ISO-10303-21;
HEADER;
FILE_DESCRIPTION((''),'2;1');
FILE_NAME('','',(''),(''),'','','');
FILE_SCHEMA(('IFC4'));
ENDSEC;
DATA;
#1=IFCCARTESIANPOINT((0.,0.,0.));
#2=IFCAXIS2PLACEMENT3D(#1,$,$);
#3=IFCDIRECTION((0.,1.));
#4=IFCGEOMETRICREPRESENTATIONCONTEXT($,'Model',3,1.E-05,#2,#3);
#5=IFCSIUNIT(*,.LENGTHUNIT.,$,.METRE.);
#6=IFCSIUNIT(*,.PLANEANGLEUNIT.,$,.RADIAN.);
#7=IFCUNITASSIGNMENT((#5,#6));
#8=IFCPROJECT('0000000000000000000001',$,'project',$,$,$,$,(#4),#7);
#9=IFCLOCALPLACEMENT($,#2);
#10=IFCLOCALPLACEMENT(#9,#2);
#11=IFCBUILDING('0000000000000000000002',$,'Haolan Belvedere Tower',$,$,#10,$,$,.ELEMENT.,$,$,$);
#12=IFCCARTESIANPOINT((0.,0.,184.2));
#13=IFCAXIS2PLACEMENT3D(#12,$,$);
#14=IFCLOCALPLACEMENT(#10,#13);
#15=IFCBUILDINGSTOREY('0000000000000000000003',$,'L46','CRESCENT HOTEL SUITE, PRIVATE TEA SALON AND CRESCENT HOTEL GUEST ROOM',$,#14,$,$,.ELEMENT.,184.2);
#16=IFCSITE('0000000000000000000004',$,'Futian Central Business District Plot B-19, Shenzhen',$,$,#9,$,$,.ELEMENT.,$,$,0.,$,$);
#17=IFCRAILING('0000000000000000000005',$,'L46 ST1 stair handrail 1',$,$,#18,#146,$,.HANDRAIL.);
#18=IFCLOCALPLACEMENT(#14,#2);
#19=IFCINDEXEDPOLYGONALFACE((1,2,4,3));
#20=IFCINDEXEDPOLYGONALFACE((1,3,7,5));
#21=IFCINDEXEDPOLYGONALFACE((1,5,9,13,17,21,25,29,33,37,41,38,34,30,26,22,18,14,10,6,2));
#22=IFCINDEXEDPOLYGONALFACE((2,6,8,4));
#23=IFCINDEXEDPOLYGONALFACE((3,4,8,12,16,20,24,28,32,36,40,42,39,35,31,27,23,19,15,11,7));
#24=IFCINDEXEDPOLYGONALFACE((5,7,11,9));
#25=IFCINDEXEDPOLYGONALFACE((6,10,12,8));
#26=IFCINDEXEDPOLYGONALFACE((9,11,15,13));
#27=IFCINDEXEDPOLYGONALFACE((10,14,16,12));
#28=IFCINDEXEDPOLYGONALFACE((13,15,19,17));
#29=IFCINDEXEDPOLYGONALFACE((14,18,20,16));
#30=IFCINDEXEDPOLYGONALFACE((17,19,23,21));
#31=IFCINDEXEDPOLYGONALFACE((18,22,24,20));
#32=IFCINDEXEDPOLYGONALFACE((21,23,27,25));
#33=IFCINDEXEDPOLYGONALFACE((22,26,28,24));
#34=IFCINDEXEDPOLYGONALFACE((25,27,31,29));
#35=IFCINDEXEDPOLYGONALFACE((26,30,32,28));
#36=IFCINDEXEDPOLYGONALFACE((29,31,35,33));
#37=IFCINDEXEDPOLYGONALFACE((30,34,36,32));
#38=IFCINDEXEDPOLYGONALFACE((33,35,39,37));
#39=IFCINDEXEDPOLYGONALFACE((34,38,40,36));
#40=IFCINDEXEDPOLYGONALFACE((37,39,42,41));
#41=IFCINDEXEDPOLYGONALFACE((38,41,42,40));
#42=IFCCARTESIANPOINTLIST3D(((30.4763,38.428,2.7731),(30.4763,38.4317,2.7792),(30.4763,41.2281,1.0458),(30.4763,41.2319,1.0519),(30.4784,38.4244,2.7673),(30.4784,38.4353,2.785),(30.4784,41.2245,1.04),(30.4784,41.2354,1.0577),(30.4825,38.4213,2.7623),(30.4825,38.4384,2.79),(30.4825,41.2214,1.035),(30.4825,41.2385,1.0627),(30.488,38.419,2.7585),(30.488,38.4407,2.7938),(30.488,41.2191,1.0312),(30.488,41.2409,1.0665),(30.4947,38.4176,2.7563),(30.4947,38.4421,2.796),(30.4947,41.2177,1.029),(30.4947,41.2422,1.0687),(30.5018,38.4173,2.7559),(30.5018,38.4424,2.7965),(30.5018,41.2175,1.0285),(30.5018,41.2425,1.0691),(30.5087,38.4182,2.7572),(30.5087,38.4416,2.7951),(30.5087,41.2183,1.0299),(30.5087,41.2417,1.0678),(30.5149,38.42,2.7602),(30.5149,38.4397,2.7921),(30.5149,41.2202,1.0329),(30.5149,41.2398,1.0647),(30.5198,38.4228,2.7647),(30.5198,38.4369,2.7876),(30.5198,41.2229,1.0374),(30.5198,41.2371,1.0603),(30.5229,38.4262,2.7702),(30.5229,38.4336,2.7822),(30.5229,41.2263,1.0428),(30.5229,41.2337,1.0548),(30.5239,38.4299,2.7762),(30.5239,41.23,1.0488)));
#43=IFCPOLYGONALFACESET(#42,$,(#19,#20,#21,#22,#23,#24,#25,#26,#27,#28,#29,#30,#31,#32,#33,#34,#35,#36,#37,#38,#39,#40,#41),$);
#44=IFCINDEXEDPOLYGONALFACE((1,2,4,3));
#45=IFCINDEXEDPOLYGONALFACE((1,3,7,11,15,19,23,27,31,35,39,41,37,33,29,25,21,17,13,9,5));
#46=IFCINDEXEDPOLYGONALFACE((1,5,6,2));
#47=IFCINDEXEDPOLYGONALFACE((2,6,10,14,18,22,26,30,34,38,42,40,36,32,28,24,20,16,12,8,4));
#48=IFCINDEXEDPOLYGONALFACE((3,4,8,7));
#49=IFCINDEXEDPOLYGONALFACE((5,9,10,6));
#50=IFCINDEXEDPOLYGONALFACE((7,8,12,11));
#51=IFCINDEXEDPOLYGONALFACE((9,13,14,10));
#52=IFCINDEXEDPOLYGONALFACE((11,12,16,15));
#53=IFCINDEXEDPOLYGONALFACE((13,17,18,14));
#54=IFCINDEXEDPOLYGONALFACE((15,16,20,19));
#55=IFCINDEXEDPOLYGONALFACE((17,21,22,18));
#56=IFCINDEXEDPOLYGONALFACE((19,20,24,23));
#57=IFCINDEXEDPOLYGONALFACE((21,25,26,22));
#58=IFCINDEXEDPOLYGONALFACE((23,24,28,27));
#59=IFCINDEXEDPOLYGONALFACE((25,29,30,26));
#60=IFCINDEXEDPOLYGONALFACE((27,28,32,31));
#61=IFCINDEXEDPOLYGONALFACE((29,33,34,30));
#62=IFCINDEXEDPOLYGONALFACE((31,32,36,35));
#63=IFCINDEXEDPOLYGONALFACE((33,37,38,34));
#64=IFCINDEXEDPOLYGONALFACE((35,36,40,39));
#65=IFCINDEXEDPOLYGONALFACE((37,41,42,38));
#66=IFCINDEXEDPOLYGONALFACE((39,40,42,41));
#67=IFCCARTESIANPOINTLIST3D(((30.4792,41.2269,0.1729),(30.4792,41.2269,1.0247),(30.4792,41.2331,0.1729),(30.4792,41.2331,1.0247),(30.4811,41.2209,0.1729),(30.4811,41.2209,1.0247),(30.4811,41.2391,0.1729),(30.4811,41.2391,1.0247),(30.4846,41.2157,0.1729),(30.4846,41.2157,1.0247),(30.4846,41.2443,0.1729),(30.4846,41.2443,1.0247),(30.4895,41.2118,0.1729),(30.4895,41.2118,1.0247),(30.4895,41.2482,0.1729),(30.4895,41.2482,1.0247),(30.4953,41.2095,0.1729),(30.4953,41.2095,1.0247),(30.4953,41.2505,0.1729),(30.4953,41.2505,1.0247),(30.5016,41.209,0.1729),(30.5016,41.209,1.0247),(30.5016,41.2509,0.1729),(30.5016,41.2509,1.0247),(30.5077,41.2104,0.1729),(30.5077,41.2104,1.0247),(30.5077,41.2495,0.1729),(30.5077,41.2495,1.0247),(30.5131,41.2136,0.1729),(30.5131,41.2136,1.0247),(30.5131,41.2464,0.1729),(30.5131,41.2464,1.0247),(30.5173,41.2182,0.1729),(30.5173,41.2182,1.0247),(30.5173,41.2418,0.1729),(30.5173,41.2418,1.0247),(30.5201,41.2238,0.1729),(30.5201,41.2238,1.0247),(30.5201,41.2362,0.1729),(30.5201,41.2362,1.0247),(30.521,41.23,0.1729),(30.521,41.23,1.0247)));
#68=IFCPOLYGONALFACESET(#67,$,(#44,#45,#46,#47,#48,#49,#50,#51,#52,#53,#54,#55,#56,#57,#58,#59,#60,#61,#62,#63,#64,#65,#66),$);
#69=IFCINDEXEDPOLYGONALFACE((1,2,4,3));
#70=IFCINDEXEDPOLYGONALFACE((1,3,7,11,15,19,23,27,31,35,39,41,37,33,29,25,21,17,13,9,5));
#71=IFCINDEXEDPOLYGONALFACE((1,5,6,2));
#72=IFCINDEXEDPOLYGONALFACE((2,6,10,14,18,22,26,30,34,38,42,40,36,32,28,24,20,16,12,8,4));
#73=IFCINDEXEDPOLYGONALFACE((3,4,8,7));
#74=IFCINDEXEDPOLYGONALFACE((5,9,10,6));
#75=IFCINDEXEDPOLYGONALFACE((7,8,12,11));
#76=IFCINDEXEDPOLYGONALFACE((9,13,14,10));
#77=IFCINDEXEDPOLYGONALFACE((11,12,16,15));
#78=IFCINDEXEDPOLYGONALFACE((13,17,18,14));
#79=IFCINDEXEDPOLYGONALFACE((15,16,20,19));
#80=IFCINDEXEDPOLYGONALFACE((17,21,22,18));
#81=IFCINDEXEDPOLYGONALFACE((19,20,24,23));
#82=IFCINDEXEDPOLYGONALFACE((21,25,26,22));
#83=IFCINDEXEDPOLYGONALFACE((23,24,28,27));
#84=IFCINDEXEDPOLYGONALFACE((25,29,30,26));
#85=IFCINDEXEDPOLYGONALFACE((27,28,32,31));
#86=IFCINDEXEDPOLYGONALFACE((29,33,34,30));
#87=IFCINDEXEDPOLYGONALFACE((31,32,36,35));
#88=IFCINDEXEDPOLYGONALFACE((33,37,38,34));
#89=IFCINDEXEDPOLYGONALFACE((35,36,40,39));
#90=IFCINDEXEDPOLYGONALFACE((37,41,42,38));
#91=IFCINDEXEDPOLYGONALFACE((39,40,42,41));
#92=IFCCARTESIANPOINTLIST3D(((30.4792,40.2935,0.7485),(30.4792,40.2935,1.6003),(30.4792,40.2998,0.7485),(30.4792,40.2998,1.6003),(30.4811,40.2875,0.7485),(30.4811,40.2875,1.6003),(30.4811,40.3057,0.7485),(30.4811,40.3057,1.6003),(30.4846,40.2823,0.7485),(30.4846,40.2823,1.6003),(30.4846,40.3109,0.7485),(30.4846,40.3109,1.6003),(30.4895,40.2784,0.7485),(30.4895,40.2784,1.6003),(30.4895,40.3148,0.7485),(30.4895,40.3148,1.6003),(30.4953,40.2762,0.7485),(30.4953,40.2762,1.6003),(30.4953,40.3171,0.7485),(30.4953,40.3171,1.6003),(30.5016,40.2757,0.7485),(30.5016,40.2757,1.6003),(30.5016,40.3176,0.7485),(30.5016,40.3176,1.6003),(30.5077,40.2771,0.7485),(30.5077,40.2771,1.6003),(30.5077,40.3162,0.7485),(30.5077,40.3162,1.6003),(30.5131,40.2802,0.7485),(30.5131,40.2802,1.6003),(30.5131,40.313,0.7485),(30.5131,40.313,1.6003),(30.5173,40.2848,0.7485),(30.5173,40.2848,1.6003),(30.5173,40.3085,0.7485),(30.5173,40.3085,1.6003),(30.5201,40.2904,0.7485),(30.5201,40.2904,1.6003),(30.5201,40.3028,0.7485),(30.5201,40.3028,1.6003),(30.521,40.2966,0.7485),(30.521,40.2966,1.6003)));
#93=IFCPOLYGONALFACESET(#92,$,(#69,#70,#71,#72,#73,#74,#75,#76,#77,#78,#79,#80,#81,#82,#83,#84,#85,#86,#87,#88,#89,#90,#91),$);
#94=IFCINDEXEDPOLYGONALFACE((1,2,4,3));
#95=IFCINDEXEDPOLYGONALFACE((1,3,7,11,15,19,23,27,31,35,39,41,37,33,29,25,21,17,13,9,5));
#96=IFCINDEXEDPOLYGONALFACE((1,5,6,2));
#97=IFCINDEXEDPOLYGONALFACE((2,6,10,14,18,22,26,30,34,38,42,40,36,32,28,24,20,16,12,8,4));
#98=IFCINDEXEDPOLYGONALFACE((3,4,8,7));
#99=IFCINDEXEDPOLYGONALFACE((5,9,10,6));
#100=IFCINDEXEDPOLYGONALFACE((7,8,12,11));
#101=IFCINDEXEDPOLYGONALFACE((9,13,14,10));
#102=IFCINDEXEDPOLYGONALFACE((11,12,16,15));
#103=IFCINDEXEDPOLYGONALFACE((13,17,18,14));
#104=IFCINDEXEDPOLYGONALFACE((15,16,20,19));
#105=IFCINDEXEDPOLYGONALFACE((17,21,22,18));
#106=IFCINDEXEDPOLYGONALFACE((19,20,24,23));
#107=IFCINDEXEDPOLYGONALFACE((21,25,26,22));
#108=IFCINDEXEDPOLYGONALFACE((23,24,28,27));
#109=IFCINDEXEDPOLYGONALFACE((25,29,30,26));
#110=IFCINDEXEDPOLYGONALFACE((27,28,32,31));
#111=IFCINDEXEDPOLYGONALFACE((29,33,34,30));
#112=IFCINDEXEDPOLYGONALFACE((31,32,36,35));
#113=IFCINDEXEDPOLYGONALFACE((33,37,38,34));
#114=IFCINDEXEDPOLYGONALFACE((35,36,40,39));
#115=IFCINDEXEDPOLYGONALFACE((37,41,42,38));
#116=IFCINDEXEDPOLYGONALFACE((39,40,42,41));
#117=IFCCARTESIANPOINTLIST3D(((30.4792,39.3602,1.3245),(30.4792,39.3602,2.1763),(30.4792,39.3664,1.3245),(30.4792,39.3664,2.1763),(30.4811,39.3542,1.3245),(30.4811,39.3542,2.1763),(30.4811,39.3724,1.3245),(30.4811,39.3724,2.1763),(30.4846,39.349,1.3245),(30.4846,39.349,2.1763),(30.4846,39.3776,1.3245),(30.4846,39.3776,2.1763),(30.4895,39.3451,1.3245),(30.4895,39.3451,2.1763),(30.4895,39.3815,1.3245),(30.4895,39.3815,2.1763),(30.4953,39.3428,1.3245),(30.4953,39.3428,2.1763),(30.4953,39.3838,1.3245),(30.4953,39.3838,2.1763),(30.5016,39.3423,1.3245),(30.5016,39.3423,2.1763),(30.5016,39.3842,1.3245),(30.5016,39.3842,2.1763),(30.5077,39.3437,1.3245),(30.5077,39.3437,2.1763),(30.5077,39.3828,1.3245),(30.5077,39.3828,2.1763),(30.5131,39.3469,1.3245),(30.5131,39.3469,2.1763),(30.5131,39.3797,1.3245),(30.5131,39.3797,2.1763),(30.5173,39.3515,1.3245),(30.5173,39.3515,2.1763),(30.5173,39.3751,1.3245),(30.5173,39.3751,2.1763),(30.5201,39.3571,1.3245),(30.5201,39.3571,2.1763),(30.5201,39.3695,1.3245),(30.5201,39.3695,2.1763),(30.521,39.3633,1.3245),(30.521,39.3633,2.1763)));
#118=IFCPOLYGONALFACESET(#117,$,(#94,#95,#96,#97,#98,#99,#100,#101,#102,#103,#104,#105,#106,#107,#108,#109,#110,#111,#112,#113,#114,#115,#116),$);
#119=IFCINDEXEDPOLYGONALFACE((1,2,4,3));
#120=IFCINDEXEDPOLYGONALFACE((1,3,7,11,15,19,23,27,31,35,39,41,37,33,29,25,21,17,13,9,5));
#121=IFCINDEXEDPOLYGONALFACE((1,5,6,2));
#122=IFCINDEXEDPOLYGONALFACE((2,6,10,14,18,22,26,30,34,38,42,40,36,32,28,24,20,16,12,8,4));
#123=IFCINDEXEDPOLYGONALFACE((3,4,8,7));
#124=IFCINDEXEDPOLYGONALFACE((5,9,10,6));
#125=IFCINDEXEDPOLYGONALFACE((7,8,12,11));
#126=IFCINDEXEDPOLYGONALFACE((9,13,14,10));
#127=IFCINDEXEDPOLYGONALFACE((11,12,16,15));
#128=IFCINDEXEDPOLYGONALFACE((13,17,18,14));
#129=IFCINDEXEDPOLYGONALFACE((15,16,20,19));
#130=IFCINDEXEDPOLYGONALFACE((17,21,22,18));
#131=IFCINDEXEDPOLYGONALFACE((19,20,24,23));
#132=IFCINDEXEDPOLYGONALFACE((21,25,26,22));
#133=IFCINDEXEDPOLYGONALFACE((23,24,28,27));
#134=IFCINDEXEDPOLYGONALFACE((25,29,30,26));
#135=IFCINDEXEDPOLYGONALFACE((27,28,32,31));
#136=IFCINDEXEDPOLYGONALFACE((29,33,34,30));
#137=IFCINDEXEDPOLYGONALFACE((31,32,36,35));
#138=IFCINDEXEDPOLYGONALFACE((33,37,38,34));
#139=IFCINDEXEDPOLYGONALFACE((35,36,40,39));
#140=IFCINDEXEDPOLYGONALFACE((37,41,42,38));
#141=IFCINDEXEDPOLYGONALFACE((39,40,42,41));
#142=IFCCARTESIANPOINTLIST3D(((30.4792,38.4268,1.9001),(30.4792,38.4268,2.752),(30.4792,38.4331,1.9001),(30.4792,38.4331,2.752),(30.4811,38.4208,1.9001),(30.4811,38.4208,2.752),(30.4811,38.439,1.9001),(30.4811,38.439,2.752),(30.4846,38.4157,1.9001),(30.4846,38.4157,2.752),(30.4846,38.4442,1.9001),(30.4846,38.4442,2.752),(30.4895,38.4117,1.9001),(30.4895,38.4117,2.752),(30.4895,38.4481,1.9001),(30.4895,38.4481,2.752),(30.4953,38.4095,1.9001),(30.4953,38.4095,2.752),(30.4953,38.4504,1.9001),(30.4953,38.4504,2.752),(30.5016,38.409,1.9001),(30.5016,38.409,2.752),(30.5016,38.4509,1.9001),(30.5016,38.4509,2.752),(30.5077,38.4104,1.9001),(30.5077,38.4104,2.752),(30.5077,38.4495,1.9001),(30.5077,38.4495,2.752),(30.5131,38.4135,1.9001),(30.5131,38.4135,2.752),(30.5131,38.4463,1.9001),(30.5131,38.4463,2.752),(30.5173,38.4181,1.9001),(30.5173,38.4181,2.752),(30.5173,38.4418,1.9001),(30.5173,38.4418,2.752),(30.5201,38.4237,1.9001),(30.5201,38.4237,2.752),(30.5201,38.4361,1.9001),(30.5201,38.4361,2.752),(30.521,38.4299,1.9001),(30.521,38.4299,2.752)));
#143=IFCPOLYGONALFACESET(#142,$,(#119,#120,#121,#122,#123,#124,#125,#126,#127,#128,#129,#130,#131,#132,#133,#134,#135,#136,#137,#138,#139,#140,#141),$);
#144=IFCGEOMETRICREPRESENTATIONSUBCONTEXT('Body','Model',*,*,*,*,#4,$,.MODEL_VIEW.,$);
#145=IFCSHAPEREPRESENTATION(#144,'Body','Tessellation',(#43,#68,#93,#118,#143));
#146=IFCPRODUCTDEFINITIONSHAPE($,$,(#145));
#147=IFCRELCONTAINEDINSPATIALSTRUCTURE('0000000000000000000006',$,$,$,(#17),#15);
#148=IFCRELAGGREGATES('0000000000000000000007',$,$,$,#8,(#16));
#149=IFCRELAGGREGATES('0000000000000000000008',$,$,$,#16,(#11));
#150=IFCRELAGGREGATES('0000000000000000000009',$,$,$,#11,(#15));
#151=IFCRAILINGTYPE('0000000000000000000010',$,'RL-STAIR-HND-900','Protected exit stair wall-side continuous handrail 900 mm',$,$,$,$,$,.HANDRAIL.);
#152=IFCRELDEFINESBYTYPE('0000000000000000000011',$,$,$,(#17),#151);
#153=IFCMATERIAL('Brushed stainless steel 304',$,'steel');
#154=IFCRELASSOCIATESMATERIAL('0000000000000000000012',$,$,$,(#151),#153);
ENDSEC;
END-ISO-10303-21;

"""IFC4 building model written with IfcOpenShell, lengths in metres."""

from ifc_helpers import new_model, si_unit, direction, frame, origin, origin_2d, place, context, subcontext, project, spatial, circle, extrude, material, type_object, element, save


model = new_model("IFC4")

# Units and contexts
model_context = context("Model", 3, precision=1e-05, world=origin(), true_north=direction((0.0, 1.0)))
body_context = subcontext(model_context, "Body", "Model", "MODEL_VIEW")
ifc_project = project(units=[si_unit("LENGTHUNIT", "METRE"), si_unit("PLANEANGLEUNIT", "RADIAN")], contexts=[model_context])

# Site, building, storey
site_placement = place(None, origin())
site = spatial("IfcSite", under=ifc_project, at=site_placement, Name="Futian Central Business District Plot B-19, Shenzhen", CompositionType="ELEMENT", RefElevation=0.0)
building_placement = place(site_placement, origin())
building = spatial("IfcBuilding", under=site, at=building_placement, Name="Haolan Belvedere Tower", CompositionType="ELEMENT")
storey_placement = place(building_placement, frame((0.0, 0.0, 184.2)))
storey = spatial("IfcBuildingStorey", under=building, at=storey_placement, Name="L46", Description="CRESCENT HOTEL SUITE, PRIVATE TEA SALON AND CRESCENT HOTEL GUEST ROOM", CompositionType="ELEMENT", Elevation=184.2)

# Railing
ifc_material_1 = material(Name="Brushed stainless steel 304", Category="steel")
railing_type_1 = type_object("IfcRailingType", Name="RL-STAIR-HND-900", Description="Protected exit stair wall-side continuous handrail 900 mm", PredefinedType="HANDRAIL", material=ifc_material_1)
railing_1_placement = place(storey_placement, frame((30.5, 41.23, 0.1729)))
element("IfcRailing", 1, at=railing_1_placement, inside=storey, type_object=railing_type_1, Name="L46 ST1 stair handrail 1", PredefinedType="HANDRAIL", context=body_context, shape_type="SweptSolid", body=[
    extrude(circle(Radius=0.0239, at=origin_2d()), frame((0.0, 0.0, 0.876), z_axis=(0.0, -0.85109, 0.52502), x_axis=(1.0, 0.0, 0.0)), (0.0, 0.0, 1.0), 3.29),
    extrude(circle(Radius=0.021, at=origin_2d()), origin(), (0.0, 0.0, 1.0), 0.8518),
    extrude(circle(Radius=0.021, at=origin_2d()), frame((0.0, -0.9333, 0.5757)), (0.0, 0.0, 1.0), 0.8518),
    extrude(circle(Radius=0.021, at=origin_2d()), frame((0.0, -1.8667, 1.1516)), (0.0, 0.0, 1.0), 0.8518),
    extrude(circle(Radius=0.021, at=origin_2d()), frame((0.0, -2.8, 1.7273)), (0.0, 0.0, 1.0), 0.8518),
])

save(model, "model.ifc")
